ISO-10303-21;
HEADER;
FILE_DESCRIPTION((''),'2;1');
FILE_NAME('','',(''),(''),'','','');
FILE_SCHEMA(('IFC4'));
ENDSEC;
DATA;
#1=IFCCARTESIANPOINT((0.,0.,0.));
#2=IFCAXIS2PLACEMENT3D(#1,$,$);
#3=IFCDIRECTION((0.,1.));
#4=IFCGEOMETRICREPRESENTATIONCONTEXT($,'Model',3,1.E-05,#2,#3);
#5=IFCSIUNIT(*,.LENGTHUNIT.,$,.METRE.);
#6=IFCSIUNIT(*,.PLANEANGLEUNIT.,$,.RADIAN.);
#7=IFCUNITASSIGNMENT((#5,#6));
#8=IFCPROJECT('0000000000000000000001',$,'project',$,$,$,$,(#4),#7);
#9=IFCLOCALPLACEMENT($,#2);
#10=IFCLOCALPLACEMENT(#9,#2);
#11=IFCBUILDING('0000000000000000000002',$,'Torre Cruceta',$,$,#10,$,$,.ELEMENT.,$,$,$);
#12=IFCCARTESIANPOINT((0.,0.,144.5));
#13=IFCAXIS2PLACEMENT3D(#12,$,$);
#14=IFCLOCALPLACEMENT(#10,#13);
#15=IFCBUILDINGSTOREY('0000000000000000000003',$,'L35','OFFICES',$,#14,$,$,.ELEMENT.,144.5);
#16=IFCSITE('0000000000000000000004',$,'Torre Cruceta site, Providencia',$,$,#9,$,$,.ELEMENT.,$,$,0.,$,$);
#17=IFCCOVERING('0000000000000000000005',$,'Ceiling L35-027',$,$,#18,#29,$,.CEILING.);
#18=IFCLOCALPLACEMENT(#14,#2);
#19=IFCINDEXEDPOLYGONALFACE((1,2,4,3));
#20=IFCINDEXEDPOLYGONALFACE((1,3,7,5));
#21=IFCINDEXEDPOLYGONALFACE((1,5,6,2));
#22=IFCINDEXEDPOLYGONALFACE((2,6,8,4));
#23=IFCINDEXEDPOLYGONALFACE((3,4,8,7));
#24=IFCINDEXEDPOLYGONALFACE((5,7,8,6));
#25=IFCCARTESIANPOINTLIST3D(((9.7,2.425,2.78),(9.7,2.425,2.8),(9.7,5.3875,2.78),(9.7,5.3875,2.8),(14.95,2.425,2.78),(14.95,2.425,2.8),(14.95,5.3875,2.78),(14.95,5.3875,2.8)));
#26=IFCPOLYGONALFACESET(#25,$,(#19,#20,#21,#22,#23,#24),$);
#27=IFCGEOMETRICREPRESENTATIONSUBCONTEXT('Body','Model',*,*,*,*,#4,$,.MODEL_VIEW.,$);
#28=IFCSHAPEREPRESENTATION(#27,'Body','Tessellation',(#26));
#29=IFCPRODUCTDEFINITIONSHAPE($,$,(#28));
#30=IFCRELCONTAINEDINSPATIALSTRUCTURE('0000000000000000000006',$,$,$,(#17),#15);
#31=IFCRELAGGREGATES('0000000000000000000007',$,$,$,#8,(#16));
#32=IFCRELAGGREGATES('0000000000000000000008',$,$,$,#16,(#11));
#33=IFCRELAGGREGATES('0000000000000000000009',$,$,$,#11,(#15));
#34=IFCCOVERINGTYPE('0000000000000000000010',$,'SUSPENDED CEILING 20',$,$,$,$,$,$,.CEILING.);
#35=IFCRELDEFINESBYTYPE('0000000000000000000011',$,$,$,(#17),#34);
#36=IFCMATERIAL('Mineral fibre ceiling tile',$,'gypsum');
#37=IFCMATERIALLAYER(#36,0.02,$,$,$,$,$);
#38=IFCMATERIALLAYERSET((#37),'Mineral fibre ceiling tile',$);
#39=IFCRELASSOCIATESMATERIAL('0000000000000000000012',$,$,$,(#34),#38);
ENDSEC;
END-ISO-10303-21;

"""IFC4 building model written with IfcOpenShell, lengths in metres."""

from ifc_helpers import new_model, si_unit, direction, frame, origin, place, context, subcontext, project, spatial, polyline, outline, extrude, material, layer, layer_set, type_object, element, save


model = new_model("IFC4")

# Units and contexts
model_context = context("Model", 3, precision=1e-05, world=origin(), true_north=direction((0.0, 1.0)))
body_context = subcontext(model_context, "Body", "Model", "MODEL_VIEW")
ifc_project = project(units=[si_unit("LENGTHUNIT", "METRE"), si_unit("PLANEANGLEUNIT", "RADIAN")], contexts=[model_context])

# Site, building, storey
site_placement = place(None, origin())
site = spatial("IfcSite", under=ifc_project, at=site_placement, Name="Torre Cruceta site, Providencia", CompositionType="ELEMENT", RefElevation=0.0)
building_placement = place(site_placement, origin())
building = spatial("IfcBuilding", under=site, at=building_placement, Name="Torre Cruceta", CompositionType="ELEMENT")
storey_placement = place(building_placement, frame((0.0, 0.0, 144.5)))
storey = spatial("IfcBuildingStorey", under=building, at=storey_placement, Name="L35", Description="OFFICES", CompositionType="ELEMENT", Elevation=144.5)

# Covering
ifc_material_1 = material(Name="Mineral fibre ceiling tile", Category="gypsum")
ifc_layer_1 = layer(ifc_material_1, 0.02)
ifc_layer_set_1 = layer_set([ifc_layer_1], Name="Mineral fibre ceiling tile")
covering_type_1 = type_object("IfcCoveringType", Name="SUSPENDED CEILING 20", PredefinedType="CEILING", material=ifc_layer_set_1)
covering_1_placement = place(storey_placement, frame((0.0, 0.0, 2.78)))
element("IfcCovering", 1, at=covering_1_placement, inside=storey, type_object=covering_type_1, Name="Ceiling L35-027", PredefinedType="CEILING", context=body_context, shape_type="SweptSolid", body=[
    extrude(outline(polyline([(9.7, 2.425), (9.7, 5.3875), (14.95, 5.3875), (14.95, 2.425), (9.7, 2.425)])), origin(), (0.0, 0.0, 1.0), 0.02),
])

save(model, "model.ifc")
